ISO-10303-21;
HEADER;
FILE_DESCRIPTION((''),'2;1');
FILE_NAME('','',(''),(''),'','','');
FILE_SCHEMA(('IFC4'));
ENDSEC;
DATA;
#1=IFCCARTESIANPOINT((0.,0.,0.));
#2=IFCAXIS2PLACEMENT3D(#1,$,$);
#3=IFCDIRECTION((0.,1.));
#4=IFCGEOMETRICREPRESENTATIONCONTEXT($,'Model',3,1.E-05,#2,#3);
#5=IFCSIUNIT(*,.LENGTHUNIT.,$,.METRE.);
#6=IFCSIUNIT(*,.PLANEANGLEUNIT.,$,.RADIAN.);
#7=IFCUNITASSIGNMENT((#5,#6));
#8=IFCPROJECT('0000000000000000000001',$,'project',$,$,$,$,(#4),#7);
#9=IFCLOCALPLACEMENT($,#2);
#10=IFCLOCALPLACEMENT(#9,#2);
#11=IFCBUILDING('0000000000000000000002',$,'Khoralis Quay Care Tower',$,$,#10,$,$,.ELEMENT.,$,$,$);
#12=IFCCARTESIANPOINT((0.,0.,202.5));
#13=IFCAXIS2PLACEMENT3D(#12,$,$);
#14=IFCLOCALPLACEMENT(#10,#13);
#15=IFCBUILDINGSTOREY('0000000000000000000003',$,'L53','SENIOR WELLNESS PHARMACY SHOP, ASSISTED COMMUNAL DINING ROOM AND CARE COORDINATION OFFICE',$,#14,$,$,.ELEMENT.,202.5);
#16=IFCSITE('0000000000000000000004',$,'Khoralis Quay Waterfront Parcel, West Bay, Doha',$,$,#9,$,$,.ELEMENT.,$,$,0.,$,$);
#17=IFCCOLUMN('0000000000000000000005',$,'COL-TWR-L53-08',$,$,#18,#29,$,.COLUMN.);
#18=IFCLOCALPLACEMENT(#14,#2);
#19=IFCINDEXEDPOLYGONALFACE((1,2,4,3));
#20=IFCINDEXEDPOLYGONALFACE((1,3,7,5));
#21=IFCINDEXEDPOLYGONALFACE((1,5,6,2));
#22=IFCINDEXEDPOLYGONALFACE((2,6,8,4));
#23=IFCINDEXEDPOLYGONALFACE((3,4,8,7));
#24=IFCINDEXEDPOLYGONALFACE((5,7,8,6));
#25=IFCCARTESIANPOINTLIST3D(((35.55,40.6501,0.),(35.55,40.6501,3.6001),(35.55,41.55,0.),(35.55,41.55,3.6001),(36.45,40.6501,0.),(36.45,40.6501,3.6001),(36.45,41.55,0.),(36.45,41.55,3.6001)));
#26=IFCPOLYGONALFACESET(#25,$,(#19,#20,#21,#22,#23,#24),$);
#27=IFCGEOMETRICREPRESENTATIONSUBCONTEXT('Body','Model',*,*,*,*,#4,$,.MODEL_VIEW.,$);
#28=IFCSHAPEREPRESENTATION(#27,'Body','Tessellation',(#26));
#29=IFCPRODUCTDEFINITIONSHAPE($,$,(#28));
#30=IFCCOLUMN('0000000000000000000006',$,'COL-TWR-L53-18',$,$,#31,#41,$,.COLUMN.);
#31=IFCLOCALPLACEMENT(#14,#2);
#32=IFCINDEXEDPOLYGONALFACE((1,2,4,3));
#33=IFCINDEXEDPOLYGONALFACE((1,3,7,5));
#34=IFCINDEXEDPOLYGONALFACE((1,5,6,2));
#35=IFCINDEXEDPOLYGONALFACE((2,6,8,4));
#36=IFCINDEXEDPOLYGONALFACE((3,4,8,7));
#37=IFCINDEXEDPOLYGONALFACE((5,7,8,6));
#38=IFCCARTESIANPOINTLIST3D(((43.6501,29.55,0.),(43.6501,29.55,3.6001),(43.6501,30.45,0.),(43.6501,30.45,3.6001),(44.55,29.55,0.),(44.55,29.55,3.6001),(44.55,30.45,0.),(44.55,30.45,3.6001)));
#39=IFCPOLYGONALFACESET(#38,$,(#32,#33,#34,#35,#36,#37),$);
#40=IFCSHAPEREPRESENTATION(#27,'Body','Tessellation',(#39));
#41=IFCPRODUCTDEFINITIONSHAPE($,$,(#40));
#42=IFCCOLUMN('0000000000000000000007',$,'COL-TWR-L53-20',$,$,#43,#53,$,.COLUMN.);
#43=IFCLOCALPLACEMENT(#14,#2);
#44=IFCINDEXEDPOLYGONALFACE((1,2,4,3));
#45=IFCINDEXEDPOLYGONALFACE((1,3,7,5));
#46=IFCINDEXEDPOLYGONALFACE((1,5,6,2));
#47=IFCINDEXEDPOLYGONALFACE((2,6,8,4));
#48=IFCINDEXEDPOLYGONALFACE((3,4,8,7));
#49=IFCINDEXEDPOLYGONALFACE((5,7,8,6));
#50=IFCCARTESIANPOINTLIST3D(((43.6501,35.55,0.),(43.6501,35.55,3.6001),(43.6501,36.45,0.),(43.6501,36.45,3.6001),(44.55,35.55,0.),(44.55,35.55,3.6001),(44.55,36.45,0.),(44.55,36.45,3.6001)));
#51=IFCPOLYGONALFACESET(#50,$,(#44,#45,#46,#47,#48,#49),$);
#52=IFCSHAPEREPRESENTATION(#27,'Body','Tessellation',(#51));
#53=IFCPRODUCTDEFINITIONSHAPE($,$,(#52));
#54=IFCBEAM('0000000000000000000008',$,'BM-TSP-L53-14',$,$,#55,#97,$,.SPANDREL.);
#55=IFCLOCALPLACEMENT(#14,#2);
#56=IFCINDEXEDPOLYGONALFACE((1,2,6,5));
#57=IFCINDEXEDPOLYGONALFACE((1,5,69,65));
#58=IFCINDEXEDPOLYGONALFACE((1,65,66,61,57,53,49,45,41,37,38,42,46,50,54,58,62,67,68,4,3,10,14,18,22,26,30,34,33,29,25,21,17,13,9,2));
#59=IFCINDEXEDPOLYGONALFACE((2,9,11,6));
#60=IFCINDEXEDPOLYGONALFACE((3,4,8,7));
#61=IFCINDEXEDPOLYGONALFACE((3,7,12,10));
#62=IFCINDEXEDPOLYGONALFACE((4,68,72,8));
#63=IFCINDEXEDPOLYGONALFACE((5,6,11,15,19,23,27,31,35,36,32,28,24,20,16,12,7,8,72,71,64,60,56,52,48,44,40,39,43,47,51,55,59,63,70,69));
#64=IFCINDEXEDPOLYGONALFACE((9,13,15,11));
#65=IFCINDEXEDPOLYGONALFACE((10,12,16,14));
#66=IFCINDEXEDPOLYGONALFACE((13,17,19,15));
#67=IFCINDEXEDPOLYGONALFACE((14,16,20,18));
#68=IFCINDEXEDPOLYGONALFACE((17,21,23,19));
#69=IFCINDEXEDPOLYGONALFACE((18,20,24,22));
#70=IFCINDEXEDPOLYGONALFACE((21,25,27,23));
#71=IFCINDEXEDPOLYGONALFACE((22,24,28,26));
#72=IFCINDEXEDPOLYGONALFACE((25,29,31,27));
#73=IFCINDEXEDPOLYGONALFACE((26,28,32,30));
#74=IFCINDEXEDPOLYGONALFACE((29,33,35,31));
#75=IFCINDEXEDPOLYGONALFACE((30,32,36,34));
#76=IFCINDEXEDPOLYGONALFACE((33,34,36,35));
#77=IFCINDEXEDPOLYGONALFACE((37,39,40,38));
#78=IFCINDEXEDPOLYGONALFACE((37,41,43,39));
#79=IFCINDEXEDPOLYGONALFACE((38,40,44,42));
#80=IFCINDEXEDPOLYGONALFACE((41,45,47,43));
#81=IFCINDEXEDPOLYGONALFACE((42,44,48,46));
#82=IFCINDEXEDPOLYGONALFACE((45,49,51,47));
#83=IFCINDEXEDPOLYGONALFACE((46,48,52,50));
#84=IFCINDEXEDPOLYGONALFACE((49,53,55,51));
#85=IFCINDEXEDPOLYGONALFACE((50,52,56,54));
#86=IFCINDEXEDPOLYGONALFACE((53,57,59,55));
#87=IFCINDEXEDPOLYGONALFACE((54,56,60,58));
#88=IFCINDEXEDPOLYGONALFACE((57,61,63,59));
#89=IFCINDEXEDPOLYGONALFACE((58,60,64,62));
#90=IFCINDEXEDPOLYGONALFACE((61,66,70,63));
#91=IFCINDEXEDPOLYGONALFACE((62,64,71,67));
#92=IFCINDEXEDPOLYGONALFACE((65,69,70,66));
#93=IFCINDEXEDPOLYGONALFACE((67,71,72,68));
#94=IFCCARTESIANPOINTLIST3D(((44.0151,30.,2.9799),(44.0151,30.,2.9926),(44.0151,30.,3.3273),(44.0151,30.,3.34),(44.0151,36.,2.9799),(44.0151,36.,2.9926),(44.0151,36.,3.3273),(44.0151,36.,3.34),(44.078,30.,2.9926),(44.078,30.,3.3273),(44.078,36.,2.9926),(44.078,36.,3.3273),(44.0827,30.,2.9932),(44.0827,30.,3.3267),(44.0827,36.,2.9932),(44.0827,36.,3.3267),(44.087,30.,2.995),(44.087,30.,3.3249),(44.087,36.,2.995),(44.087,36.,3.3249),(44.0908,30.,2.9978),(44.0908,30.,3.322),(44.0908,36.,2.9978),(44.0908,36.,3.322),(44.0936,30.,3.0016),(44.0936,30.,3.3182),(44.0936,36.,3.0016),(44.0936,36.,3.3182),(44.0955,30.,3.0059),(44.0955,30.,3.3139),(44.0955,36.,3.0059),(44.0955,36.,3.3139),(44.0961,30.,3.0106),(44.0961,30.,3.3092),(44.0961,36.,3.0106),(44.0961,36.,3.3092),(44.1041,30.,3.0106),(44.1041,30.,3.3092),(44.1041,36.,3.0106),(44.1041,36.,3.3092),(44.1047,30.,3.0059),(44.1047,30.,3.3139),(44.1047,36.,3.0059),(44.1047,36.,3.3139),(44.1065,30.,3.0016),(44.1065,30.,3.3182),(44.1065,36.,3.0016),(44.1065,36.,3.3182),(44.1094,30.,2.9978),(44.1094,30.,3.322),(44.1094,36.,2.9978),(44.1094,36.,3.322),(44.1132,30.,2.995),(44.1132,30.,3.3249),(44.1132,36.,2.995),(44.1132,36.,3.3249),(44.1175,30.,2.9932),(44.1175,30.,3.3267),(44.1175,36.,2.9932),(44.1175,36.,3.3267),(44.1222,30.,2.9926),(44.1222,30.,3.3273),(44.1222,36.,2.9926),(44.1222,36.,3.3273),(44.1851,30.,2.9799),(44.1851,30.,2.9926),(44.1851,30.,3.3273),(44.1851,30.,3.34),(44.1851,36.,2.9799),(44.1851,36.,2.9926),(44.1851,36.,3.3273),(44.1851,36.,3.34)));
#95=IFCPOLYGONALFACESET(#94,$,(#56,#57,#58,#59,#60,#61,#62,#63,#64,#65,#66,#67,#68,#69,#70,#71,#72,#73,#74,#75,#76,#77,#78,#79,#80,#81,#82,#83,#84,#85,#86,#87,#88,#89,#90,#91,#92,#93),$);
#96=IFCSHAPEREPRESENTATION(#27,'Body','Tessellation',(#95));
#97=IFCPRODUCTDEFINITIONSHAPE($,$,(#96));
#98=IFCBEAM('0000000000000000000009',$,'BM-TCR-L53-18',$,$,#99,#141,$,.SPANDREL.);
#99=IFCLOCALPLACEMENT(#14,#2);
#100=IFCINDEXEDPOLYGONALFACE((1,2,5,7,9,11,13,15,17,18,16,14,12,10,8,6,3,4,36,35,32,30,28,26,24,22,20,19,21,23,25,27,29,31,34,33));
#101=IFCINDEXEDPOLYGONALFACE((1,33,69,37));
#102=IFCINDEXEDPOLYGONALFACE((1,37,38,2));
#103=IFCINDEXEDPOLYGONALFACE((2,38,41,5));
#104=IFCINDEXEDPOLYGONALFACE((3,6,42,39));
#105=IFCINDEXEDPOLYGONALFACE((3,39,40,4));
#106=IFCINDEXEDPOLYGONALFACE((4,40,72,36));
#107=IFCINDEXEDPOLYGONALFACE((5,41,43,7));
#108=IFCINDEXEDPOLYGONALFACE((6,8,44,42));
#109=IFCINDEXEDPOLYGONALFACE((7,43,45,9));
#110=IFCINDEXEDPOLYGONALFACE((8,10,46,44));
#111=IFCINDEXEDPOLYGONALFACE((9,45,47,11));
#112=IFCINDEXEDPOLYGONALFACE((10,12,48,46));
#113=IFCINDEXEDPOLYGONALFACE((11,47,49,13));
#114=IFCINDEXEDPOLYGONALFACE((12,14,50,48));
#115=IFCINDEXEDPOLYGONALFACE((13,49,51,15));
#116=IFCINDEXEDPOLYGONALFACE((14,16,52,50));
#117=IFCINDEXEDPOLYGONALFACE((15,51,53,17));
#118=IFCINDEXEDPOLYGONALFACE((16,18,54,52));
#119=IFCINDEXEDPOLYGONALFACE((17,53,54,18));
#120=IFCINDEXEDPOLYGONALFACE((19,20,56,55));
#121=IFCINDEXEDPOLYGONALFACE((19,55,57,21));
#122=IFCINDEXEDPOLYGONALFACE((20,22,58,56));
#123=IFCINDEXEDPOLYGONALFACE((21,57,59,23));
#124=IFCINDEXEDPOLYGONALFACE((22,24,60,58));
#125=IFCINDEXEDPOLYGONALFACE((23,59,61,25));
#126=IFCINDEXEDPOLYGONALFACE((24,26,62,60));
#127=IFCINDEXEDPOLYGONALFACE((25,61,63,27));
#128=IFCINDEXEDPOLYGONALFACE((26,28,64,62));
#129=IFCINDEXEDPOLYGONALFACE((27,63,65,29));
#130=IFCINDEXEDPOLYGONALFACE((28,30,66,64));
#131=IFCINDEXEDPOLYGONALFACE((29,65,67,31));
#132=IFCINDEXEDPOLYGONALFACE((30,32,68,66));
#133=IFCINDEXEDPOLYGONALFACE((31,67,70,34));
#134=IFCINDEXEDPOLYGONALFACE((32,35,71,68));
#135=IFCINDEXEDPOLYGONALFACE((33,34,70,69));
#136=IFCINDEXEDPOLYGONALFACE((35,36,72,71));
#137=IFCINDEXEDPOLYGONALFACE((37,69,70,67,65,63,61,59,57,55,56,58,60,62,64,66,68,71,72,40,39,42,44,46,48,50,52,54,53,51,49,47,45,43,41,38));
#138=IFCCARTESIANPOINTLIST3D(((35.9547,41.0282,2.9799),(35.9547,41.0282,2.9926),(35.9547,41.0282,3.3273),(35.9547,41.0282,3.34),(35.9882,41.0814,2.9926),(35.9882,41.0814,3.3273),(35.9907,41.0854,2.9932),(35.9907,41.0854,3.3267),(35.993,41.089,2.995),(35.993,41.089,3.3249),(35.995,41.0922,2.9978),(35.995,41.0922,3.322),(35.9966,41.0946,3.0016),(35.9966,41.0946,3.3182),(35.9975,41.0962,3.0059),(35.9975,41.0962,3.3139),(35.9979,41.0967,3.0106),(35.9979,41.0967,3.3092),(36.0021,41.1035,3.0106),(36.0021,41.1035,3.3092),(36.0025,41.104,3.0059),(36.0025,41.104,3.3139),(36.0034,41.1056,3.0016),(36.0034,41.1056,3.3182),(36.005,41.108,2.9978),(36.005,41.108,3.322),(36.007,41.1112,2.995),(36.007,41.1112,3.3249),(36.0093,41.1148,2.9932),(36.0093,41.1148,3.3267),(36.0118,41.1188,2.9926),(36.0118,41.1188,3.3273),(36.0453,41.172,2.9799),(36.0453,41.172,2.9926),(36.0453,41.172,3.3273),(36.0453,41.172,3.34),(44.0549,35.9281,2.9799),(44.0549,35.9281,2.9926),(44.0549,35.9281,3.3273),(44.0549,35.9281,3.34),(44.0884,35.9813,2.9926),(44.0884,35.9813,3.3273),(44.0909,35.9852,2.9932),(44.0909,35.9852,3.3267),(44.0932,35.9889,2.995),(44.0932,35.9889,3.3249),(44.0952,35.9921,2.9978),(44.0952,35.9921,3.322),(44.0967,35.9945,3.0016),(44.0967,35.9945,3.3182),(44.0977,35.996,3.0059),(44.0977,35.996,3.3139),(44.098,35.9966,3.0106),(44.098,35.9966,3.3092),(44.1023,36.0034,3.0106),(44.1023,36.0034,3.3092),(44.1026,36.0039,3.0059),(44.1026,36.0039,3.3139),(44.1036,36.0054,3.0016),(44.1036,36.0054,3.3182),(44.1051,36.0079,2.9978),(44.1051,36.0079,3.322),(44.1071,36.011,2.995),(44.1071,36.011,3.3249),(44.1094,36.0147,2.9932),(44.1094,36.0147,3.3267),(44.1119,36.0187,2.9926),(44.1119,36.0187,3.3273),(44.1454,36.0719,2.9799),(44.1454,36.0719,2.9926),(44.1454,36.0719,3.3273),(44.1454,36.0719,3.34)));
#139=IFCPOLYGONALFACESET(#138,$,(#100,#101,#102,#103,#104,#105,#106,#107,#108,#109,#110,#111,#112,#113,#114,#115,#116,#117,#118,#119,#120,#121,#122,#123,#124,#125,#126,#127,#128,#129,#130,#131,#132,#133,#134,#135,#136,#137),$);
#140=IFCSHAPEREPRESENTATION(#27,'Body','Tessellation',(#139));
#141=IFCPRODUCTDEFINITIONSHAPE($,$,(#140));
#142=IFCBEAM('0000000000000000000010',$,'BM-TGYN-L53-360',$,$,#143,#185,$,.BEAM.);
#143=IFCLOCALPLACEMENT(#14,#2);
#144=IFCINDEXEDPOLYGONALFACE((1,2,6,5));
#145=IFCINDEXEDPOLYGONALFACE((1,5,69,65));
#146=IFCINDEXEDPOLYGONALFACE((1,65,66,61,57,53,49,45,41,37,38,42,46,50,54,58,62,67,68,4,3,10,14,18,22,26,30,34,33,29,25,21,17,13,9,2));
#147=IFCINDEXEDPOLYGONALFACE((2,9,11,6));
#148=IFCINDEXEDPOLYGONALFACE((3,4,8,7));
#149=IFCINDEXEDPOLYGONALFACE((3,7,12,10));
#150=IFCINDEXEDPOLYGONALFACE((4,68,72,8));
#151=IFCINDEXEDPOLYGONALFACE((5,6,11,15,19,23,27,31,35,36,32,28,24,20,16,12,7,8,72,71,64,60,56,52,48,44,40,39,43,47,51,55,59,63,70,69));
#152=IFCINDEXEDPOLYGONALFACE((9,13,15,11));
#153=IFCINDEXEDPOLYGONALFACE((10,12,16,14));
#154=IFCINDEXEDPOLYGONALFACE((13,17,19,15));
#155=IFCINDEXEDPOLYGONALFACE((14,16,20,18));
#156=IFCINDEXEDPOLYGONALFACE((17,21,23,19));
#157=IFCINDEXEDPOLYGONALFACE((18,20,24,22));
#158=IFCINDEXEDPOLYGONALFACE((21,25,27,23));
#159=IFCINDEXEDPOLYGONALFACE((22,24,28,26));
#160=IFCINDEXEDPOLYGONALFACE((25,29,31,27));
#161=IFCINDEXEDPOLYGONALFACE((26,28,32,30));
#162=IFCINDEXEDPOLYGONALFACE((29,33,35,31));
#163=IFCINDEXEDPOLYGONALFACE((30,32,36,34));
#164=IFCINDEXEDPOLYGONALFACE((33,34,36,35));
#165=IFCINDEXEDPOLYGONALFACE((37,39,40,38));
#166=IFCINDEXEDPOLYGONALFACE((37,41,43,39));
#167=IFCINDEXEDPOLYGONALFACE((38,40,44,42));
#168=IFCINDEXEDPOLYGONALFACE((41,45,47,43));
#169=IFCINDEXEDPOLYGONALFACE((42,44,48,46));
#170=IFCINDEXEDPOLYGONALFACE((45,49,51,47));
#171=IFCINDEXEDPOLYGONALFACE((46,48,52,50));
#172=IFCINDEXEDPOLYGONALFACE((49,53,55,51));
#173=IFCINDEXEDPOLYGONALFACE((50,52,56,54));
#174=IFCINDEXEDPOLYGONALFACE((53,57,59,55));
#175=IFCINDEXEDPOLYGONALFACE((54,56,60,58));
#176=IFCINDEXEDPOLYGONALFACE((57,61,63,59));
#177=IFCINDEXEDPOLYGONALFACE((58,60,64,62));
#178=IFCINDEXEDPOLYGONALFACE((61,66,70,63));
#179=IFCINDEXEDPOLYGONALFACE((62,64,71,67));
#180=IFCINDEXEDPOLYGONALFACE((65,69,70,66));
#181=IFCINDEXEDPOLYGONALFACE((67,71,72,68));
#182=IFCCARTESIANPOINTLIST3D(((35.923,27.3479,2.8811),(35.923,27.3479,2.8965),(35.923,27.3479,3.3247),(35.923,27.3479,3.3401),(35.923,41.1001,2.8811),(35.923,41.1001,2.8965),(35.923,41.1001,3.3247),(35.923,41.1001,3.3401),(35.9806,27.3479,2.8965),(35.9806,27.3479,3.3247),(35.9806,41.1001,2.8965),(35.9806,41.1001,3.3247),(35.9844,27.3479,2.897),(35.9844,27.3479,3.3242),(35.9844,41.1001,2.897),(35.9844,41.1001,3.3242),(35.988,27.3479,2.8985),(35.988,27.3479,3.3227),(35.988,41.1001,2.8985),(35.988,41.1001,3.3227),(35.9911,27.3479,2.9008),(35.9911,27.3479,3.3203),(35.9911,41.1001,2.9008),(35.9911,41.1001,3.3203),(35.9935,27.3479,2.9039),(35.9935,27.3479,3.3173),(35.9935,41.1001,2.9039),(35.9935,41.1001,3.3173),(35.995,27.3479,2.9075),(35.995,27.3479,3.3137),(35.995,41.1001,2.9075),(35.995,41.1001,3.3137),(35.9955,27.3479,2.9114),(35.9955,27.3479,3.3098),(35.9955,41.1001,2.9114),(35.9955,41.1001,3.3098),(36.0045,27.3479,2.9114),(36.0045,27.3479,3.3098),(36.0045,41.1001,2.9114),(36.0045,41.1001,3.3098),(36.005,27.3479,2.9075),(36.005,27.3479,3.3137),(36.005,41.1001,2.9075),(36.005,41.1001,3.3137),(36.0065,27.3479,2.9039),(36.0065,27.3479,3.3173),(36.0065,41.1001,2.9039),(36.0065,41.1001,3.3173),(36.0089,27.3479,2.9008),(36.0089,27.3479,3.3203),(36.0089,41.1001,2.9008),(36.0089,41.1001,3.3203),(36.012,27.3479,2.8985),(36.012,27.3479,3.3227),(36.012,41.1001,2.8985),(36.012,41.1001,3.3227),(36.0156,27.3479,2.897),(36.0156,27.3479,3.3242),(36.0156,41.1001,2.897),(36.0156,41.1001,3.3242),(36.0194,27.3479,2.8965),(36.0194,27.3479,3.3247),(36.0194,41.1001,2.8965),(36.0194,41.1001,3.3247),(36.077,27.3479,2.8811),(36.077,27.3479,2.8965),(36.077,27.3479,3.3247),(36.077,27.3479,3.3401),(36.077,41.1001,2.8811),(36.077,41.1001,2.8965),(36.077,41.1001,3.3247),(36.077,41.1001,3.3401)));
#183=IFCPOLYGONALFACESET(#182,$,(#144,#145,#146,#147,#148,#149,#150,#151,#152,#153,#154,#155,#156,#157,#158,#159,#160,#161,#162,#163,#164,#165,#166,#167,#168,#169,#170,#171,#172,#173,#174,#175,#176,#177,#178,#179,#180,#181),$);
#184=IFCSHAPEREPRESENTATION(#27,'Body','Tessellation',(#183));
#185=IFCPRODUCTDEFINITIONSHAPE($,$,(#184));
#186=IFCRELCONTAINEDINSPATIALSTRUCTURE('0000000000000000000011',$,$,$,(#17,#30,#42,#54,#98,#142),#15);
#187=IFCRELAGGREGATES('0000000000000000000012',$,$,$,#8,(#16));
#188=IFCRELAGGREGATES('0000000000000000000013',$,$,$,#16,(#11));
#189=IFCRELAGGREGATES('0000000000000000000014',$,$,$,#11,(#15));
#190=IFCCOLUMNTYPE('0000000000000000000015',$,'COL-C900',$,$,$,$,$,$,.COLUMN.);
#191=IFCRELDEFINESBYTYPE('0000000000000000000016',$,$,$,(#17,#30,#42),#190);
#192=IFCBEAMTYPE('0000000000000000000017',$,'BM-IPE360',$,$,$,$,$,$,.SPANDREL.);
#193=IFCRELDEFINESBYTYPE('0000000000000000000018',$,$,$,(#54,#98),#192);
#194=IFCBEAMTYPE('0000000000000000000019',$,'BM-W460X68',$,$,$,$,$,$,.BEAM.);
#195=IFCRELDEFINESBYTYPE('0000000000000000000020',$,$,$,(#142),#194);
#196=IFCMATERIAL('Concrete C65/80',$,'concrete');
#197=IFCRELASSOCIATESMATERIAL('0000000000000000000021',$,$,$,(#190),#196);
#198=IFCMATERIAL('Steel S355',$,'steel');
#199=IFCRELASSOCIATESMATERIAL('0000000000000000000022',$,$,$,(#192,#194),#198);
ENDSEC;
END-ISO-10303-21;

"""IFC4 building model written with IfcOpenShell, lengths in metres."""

from ifc_helpers import new_model, si_unit, direction, frame, origin, origin_2d, place, context, subcontext, project, spatial, rectangle, i_section, extrude, source, transform, mapped, material, material_profile, profile_set, type_object, element, save


model = new_model("IFC4")

# Units and contexts
model_context = context("Model", 3, precision=1e-05, world=origin(), true_north=direction((0.0, 1.0)))
body_context = subcontext(model_context, "Body", "Model", "MODEL_VIEW")
ifc_project = project(units=[si_unit("LENGTHUNIT", "METRE"), si_unit("PLANEANGLEUNIT", "RADIAN")], contexts=[model_context])

# Site, building, storey
site_placement = place(None, origin())
site = spatial("IfcSite", under=ifc_project, at=site_placement, Name="Khoralis Quay Waterfront Parcel, West Bay, Doha", CompositionType="ELEMENT", RefElevation=0.0)
building_placement = place(site_placement, origin())
building = spatial("IfcBuilding", under=site, at=building_placement, Name="Khoralis Quay Care Tower", CompositionType="ELEMENT")
storey_placement = place(building_placement, frame((0.0, 0.0, 202.5)))
storey = spatial("IfcBuildingStorey", under=building, at=storey_placement, Name="L53", Description="SENIOR WELLNESS PHARMACY SHOP, ASSISTED COMMUNAL DINING ROOM AND CARE COORDINATION OFFICE", CompositionType="ELEMENT", Elevation=202.5)

# Columns
ifc_material_1 = material(Name="Concrete C65/80", Category="concrete")
ifc_material_profile_1 = material_profile(ifc_material_1, rectangle(XDim=0.8999, YDim=0.8999, at=origin_2d()), Name="Concrete C65/80")
ifc_profile_set_1 = profile_set([ifc_material_profile_1], Name="Concrete C65/80")
column_type = type_object("IfcColumnType", Name="COL-C900", PredefinedType="COLUMN", material=ifc_profile_set_1)
shared_shape_1 = source(origin(), body_context, "Body", "SweptSolid", [
    extrude(rectangle(XDim=0.8999, YDim=0.8999, at=origin_2d()), origin(), (0.0, 0.0, 1.0), 3.6001),
])
for number, where, z_axis, x_axis, name in (
    (1, (36.0, 41.1001, 0.0), (0.0, 0.0, 1.0), (1.0, 0.0, 0.0), "COL-TWR-L53-08"),
    (2, (44.1001, 30.0, 0.0), (0.0, 0.0, 1.0), (1.0, 0.0, 0.0), "COL-TWR-L53-18"),
    (3, (44.1001, 36.0, 0.0), (0.0, 0.0, 1.0), (1.0, 0.0, 0.0), "COL-TWR-L53-20"),
):
    element("IfcColumn", number, at=place(storey_placement, frame(where, z_axis=z_axis, x_axis=x_axis)), inside=storey, type_object=column_type, Name=name, PredefinedType="COLUMN", context=body_context, shape_type="MappedRepresentation", body=[
        mapped(shared_shape_1, transform((0.0, 0.0, 0.0), scale=1.0)),
    ])

# Beams
ifc_material_2 = material(Name="Steel S355", Category="steel")
ifc_material_profile_2 = material_profile(ifc_material_2, i_section(OverallWidth=0.1699, OverallDepth=0.3601, WebThickness=0.0081, FlangeThickness=0.0127, FilletRadius=0.0181, at=origin_2d()), Name="Steel S355")
ifc_profile_set_2 = profile_set([ifc_material_profile_2], Name="Steel S355")
beam_type_1 = type_object("IfcBeamType", Name="BM-IPE360", PredefinedType="SPANDREL", material=ifc_profile_set_2)
shared_shape_2 = source(origin(), body_context, "Body", "SweptSolid", [
    extrude(i_section(OverallWidth=0.1699, OverallDepth=0.3601, WebThickness=0.0081, FlangeThickness=0.0127, FilletRadius=0.0181, at=origin_2d()), origin(), (0.0, 0.0, 1.0), 6.0),
])
beam_1_placement = place(storey_placement, frame((44.1001, 30.0, 3.1599), z_axis=(0.0, 1.0, 0.0), x_axis=(-1.0, 0.0, 0.0)))
element("IfcBeam", 4, at=beam_1_placement, inside=storey, type_object=beam_type_1, Name="BM-TSP-L53-14", PredefinedType="SPANDREL", context=body_context, shape_type="MappedRepresentation", body=[
    mapped(shared_shape_2, transform((0.0, 0.0, 0.0), scale=1.0)),
])
shared_shape_3 = source(origin(), body_context, "Body", "SweptSolid", [
    extrude(i_section(OverallWidth=0.1699, OverallDepth=0.3601, WebThickness=0.0081, FlangeThickness=0.0127, FilletRadius=0.0181, at=origin_2d()), origin(), (0.0, 0.0, 1.0), 9.572),
])
beam_2_placement = place(storey_placement, frame((36.0, 41.1001, 3.1599), z_axis=(0.846231, -0.532816, 0.0), x_axis=(0.532816, 0.846231, 0.0)))
element("IfcBeam", 5, at=beam_2_placement, inside=storey, type_object=beam_type_1, Name="BM-TCR-L53-18", PredefinedType="SPANDREL", context=body_context, shape_type="MappedRepresentation", body=[
    mapped(shared_shape_3, transform((0.0, 0.0, 0.0), scale=1.0)),
])
ifc_material_profile_3 = material_profile(ifc_material_2, i_section(OverallWidth=0.1541, OverallDepth=0.459, WebThickness=0.009, FlangeThickness=0.0154, FilletRadius=0.0149, at=origin_2d()), Name="Steel S355")
ifc_profile_set_3 = profile_set([ifc_material_profile_3], Name="Steel S355")
beam_type_2 = type_object("IfcBeamType", Name="BM-W460X68", PredefinedType="BEAM", material=ifc_profile_set_3)
shared_shape_4 = source(origin(), body_context, "Body", "SweptSolid", [
    extrude(i_section(OverallWidth=0.1541, OverallDepth=0.459, WebThickness=0.009, FlangeThickness=0.0154, FilletRadius=0.0149, at=origin_2d()), origin(), (0.0, 0.0, 1.0), 13.7522),
])
beam_3_placement = place(storey_placement, frame((36.0, 27.3479, 3.1106), z_axis=(0.0, 1.0, 0.0), x_axis=(-1.0, 0.0, 0.0)))
element("IfcBeam", 6, at=beam_3_placement, inside=storey, type_object=beam_type_2, Name="BM-TGYN-L53-360", PredefinedType="BEAM", context=body_context, shape_type="MappedRepresentation", body=[
    mapped(shared_shape_4, transform((0.0, 0.0, 0.0), scale=1.0)),
])

save(model, "model.ifc")
